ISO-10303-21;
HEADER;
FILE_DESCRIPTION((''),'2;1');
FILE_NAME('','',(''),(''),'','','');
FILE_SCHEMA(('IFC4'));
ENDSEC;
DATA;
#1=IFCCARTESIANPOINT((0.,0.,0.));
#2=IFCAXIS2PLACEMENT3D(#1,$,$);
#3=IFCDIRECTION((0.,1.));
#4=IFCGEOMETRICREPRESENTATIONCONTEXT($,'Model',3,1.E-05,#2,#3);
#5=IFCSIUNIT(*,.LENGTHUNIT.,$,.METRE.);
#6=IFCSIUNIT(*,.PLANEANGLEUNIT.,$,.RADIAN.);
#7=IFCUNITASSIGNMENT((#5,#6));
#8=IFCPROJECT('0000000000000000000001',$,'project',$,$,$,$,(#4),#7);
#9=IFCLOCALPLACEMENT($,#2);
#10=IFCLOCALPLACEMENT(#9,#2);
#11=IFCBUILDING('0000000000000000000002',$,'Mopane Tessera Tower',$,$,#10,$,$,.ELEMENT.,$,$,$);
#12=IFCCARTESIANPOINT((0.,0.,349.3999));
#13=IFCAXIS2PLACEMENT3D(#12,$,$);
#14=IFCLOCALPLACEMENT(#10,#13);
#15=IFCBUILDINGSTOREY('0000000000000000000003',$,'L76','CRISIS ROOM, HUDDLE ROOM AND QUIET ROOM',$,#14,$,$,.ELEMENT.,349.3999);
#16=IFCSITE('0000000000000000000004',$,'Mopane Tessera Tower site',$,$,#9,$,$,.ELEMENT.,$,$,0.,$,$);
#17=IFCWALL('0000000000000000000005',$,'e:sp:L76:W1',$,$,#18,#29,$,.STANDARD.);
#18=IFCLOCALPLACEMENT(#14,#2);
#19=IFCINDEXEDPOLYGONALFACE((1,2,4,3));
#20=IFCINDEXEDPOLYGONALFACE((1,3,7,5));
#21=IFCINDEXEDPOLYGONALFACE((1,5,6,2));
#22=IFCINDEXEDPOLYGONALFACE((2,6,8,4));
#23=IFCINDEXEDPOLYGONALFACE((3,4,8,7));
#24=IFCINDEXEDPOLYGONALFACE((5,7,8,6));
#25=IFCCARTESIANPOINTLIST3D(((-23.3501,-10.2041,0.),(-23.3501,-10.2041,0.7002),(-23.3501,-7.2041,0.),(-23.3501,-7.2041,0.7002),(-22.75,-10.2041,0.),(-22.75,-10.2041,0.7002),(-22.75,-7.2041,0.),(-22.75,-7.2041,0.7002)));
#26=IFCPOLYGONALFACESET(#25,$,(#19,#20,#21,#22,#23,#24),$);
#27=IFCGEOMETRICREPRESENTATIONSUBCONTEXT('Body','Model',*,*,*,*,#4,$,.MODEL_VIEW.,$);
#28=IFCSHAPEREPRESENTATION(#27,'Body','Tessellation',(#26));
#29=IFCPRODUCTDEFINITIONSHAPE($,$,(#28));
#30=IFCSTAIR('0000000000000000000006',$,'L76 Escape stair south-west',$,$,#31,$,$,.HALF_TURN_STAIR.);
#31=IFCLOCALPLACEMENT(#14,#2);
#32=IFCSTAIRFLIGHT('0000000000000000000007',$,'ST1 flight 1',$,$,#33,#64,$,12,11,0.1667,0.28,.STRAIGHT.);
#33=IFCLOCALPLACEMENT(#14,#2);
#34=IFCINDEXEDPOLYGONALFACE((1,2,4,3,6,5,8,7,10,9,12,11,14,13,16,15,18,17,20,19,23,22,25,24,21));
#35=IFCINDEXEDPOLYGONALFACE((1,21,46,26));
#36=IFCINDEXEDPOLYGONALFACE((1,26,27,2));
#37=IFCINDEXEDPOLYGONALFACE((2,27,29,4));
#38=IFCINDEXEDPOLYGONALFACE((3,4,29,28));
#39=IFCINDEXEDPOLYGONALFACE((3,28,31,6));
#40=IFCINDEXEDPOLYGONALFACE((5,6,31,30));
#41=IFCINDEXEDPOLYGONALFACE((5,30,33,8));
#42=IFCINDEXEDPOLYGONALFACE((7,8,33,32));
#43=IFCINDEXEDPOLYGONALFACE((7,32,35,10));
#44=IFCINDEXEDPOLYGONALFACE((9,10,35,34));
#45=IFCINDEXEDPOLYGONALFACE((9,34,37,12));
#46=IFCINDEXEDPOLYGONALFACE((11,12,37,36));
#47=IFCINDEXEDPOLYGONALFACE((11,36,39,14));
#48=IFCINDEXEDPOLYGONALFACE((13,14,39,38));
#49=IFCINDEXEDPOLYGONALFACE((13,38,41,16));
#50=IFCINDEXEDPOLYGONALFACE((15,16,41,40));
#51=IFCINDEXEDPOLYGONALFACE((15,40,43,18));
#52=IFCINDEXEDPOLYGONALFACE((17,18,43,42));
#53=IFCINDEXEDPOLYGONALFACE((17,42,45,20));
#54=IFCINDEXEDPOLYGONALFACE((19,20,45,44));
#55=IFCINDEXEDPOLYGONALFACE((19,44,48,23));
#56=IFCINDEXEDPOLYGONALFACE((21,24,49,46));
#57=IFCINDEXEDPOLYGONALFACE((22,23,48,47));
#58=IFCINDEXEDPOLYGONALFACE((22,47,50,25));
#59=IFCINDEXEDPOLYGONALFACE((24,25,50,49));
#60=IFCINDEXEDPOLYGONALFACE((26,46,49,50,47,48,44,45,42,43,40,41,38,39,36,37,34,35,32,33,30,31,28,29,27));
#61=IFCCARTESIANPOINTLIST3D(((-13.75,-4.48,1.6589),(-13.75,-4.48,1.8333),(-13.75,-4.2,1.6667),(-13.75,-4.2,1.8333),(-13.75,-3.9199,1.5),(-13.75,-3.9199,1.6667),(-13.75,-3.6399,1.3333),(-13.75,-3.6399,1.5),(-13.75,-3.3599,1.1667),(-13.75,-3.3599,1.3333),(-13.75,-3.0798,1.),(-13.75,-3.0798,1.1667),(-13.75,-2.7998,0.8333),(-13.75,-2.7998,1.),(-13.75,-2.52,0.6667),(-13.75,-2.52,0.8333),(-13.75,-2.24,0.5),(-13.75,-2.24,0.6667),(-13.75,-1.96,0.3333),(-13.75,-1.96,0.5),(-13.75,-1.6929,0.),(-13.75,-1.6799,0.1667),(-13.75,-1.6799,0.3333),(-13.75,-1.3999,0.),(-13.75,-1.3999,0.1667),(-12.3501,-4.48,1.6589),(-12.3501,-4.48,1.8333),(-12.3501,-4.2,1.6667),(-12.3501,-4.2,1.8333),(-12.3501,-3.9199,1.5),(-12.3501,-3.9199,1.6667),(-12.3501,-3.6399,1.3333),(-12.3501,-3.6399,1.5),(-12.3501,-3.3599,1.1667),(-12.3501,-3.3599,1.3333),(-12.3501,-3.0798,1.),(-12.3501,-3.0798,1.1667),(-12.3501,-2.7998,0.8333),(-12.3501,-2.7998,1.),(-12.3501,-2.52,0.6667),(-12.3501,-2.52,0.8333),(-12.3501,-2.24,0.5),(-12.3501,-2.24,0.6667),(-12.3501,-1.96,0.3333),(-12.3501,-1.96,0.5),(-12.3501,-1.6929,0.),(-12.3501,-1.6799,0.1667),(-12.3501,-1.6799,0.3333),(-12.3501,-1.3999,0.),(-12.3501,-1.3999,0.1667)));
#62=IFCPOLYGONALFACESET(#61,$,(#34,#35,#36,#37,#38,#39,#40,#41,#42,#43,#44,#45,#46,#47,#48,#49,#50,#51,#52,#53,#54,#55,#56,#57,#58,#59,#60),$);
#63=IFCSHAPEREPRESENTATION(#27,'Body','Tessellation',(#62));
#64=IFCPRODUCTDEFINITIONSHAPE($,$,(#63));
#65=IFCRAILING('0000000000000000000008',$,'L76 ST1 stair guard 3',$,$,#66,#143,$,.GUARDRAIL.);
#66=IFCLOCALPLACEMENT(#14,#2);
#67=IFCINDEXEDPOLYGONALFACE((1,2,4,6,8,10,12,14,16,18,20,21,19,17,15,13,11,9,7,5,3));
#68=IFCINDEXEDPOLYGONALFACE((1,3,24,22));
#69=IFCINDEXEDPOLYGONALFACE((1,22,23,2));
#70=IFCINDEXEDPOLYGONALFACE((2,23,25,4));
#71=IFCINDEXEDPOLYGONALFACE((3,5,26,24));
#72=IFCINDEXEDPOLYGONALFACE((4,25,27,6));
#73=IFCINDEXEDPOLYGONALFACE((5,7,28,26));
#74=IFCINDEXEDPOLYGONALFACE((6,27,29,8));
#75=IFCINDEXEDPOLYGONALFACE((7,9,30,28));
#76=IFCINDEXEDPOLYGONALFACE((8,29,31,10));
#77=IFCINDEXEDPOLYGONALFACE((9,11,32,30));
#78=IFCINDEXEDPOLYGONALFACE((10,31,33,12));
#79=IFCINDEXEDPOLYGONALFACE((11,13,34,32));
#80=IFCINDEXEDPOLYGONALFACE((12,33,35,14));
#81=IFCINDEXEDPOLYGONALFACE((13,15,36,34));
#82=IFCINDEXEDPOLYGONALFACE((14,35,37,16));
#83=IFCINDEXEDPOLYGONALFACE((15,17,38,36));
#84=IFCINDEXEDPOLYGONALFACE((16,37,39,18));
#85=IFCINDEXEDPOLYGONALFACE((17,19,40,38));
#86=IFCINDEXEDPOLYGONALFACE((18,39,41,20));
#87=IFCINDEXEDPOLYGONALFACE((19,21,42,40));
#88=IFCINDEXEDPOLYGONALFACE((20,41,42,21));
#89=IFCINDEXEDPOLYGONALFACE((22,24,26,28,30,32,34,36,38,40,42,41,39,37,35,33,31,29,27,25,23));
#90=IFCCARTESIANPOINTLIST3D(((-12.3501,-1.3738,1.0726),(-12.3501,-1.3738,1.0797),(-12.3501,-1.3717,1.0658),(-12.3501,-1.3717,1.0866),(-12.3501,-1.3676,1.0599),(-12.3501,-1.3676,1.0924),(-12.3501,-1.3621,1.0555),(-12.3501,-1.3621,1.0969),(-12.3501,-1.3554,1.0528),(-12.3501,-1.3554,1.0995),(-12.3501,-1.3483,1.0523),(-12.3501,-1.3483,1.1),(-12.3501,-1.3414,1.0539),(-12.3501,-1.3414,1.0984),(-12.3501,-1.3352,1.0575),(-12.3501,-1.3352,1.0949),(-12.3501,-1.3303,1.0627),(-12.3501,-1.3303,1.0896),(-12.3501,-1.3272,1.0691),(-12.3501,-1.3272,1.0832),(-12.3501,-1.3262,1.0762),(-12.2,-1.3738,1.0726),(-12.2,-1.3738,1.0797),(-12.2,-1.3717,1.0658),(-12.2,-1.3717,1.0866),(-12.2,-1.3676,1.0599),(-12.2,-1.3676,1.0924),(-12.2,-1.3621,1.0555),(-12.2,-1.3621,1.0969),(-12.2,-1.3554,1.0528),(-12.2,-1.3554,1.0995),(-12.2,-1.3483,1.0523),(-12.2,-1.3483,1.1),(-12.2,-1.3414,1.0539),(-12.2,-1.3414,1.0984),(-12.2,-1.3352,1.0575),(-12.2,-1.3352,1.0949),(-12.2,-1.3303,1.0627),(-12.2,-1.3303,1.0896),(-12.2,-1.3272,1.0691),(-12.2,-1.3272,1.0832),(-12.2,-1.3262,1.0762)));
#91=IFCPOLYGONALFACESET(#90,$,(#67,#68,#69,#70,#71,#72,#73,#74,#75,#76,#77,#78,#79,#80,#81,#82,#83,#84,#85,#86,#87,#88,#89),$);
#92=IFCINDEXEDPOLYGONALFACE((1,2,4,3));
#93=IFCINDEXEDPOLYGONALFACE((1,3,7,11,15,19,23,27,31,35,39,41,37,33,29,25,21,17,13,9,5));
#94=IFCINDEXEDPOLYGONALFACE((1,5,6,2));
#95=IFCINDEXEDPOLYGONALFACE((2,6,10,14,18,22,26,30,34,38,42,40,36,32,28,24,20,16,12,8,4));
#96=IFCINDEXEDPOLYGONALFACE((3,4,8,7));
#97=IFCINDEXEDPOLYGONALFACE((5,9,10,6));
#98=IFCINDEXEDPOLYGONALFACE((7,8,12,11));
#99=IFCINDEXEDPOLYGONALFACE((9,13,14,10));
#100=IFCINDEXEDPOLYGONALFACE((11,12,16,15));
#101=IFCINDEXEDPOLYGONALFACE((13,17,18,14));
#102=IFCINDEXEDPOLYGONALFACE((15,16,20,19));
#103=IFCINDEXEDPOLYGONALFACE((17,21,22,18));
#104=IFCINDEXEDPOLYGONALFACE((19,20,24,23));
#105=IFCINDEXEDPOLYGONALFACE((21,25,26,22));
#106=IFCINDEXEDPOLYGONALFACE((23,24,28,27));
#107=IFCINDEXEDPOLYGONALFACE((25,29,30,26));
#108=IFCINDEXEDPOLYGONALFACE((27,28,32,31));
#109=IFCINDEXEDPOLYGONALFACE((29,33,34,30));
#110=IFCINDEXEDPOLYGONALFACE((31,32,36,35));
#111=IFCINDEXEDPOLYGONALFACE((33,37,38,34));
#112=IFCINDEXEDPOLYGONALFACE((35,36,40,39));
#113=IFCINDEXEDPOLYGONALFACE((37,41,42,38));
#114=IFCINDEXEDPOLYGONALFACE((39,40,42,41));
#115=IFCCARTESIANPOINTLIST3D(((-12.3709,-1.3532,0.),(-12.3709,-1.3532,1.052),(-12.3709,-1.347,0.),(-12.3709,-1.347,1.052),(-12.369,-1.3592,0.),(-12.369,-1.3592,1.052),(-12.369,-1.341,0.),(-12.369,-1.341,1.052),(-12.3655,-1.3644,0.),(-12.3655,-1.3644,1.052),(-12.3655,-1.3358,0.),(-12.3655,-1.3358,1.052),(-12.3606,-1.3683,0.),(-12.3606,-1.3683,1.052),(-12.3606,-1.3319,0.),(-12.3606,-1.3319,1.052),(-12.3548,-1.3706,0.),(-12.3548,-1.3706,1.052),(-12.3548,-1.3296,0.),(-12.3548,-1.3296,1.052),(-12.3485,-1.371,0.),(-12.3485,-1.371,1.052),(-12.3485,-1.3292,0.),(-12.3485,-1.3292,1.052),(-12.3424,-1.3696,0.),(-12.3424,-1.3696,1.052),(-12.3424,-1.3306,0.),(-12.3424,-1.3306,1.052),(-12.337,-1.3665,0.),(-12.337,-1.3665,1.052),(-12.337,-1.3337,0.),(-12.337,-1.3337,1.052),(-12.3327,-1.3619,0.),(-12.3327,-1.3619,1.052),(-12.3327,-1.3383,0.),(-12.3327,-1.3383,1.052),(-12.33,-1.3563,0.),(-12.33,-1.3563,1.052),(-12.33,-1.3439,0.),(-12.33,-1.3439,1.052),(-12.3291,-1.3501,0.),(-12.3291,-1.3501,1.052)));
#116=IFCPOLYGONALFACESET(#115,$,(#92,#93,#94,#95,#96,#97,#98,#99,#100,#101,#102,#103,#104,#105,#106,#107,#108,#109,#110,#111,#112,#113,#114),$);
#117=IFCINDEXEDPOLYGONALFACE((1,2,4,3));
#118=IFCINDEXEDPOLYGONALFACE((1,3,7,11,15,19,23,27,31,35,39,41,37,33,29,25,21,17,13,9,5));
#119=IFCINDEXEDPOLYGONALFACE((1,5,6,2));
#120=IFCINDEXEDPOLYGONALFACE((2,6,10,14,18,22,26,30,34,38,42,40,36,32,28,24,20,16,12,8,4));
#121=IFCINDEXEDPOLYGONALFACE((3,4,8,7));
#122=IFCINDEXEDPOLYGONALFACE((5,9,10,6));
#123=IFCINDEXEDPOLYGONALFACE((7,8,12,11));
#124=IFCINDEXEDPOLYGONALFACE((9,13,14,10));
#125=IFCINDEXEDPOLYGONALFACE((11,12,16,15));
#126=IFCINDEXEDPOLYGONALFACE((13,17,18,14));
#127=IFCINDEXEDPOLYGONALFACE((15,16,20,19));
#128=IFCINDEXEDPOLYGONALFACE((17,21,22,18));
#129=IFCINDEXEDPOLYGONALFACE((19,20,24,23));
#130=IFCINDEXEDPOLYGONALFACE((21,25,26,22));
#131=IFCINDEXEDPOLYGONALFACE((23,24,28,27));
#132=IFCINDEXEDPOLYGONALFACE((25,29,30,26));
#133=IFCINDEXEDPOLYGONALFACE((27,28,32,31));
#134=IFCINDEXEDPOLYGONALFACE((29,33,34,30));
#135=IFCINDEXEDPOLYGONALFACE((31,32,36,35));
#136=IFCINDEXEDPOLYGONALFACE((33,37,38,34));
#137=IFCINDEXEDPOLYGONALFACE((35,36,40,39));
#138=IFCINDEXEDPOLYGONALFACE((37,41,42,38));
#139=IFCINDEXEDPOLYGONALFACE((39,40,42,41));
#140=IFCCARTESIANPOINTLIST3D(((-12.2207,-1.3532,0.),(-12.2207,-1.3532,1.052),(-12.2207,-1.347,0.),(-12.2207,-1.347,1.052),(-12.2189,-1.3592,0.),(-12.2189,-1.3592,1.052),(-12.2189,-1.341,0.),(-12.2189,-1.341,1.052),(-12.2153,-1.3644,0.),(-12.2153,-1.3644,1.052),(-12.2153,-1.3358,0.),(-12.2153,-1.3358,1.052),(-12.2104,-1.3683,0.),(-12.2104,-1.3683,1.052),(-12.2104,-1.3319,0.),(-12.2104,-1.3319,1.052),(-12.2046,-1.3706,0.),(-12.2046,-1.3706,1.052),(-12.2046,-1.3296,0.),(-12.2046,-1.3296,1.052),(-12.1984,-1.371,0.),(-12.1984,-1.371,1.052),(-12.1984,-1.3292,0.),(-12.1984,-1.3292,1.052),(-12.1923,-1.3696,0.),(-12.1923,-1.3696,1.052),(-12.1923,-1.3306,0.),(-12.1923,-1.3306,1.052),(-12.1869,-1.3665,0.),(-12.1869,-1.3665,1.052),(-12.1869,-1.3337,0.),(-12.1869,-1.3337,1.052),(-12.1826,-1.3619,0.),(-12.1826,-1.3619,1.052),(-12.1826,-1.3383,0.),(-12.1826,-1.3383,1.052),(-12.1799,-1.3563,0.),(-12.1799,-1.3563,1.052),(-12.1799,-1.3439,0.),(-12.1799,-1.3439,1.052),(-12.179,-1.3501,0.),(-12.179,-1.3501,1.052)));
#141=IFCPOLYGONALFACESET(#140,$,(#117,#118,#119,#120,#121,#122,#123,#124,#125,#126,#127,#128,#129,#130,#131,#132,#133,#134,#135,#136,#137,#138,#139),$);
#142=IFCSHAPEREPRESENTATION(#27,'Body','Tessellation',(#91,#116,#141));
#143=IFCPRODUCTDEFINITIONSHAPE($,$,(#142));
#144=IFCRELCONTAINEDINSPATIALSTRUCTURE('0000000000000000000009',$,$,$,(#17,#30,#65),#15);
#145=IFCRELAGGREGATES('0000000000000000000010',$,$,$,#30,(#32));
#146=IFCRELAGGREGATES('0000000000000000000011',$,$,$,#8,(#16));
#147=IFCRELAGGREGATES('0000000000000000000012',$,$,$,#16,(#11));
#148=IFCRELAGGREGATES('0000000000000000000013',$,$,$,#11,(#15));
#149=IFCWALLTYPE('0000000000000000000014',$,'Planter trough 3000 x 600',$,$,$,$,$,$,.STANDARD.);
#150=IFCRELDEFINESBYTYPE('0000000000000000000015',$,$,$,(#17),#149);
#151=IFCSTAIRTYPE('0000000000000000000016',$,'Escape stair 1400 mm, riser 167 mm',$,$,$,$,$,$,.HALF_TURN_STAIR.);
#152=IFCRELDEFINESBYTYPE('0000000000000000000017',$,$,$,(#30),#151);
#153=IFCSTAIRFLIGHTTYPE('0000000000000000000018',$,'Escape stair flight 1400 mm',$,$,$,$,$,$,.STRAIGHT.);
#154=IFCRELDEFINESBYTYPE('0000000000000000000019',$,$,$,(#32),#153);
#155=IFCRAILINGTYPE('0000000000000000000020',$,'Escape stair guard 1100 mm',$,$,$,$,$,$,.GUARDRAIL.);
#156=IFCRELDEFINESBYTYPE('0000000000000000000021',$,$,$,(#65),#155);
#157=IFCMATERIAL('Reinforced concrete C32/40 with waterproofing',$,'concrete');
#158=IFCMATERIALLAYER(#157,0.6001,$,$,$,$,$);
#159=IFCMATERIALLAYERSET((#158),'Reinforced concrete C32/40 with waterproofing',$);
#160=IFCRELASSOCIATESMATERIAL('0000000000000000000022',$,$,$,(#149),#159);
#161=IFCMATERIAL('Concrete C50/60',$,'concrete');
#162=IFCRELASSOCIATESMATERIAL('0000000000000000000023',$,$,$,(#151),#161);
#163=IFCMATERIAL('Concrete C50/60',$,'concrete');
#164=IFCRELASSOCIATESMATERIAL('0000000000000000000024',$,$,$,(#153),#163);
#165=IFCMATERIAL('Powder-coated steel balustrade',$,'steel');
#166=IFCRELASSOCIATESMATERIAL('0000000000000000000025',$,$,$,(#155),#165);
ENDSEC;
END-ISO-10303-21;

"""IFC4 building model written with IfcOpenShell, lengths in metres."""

from ifc_helpers import new_model, si_unit, direction, frame, frame_2d, origin, origin_2d, place, context, subcontext, project, spatial, polyline, rectangle, circle, outline, extrude, material, layer, layer_set, type_object, element, aggregate, save


model = new_model("IFC4")

# Units and contexts
model_context = context("Model", 3, precision=1e-05, world=origin(), true_north=direction((0.0, 1.0)))
body_context = subcontext(model_context, "Body", "Model", "MODEL_VIEW")
ifc_project = project(units=[si_unit("LENGTHUNIT", "METRE"), si_unit("PLANEANGLEUNIT", "RADIAN")], contexts=[model_context])

# Site, building, storey
site_placement = place(None, origin())
site = spatial("IfcSite", under=ifc_project, at=site_placement, Name="Mopane Tessera Tower site", CompositionType="ELEMENT", RefElevation=0.0)
building_placement = place(site_placement, origin())
building = spatial("IfcBuilding", under=site, at=building_placement, Name="Mopane Tessera Tower", CompositionType="ELEMENT")
storey_placement = place(building_placement, frame((0.0, 0.0, 349.3999)))
storey = spatial("IfcBuildingStorey", under=building, at=storey_placement, Name="L76", Description="CRISIS ROOM, HUDDLE ROOM AND QUIET ROOM", CompositionType="ELEMENT", Elevation=349.3999)

# Wall
ifc_material_1 = material(Name="Reinforced concrete C32/40 with waterproofing", Category="concrete")
ifc_layer_1 = layer(ifc_material_1, 0.6001)
ifc_layer_set_1 = layer_set([ifc_layer_1], Name="Reinforced concrete C32/40 with waterproofing")
wall_type_1 = type_object("IfcWallType", Name="Planter trough 3000 x 600", PredefinedType="STANDARD", material=ifc_layer_set_1)
wall_1_placement = place(storey_placement, frame((-23.05, -7.2041, 0.0), z_axis=(0.0, 0.0, 1.0), x_axis=(0.0, -1.0, 0.0)))
element("IfcWall", 1, at=wall_1_placement, inside=storey, type_object=wall_type_1, Name="e:sp:L76:W1", PredefinedType="STANDARD", context=body_context, shape_type="SweptSolid", body=[
    extrude(rectangle(XDim=3.0, YDim=0.6001, at=frame_2d((1.5, 0.0))), origin(), (0.0, 0.0, 1.0), 0.7002),
])

# Stair, stair flight
ifc_material_2 = material(Name="Concrete C50/60", Category="concrete")
stair_type = type_object("IfcStairType", Name="Escape stair 1400 mm, riser 167 mm", PredefinedType="HALF_TURN_STAIR", material=ifc_material_2)
stair_placement = place(storey_placement, origin())
stair = element("IfcStair", 2, at=stair_placement, inside=storey, type_object=stair_type, Name="L76 Escape stair south-west", PredefinedType="HALF_TURN_STAIR")
ifc_material_3 = material(Name="Concrete C50/60", Category="concrete")
stair_flight_type = type_object("IfcStairFlightType", Name="Escape stair flight 1400 mm", PredefinedType="STRAIGHT", material=ifc_material_3)
stair_flight_placement = place(storey_placement, frame((-13.05, -1.3999, 0.0), z_axis=(0.0, 0.0, 1.0), x_axis=(0.0, -1.0, 0.0)))
stair_flight = element("IfcStairFlight", 3, at=stair_flight_placement, type_object=stair_flight_type, Name="ST1 flight 1", NumberOfRisers=12, NumberOfTreads=11, PredefinedType="STRAIGHT", RiserHeight=0.1667, TreadLength=0.28, context=body_context, shape_type="SweptSolid", body=[
    extrude(outline(polyline([(0.0, 0.0), (0.0, 0.1667), (0.28, 0.1667), (0.28, 0.3333), (0.5601, 0.3333), (0.5601, 0.5), (0.8401, 0.5), (0.8401, 0.6667), (1.1201, 0.6667), (1.1201, 0.8333), (1.3999, 0.8333), (1.3999, 1.0), (1.6799, 1.0), (1.6799, 1.1667), (1.96, 1.1667), (1.96, 1.3333), (2.24, 1.3333), (2.24, 1.5), (2.52, 1.5), (2.52, 1.6667), (2.8, 1.6667), (2.8, 1.8333), (3.0801, 1.8333), (3.0801, 2.0), (3.0801, 1.6589), (0.293, 0.0), (0.0, 0.0)])), frame((0.0, 0.7, 0.0), z_axis=(0.0, -1.0, 0.0), x_axis=(1.0, 0.0, 0.0)), (0.0, 0.0, 1.0), 1.3999),
])
aggregate(stair, [stair_flight])

# Railing
ifc_material_4 = material(Name="Powder-coated steel balustrade", Category="steel")
railing_type_1 = type_object("IfcRailingType", Name="Escape stair guard 1100 mm", PredefinedType="GUARDRAIL", material=ifc_material_4)
railing_1_placement = place(storey_placement, frame((-12.3501, -1.3501, 0.0)))
element("IfcRailing", 4, at=railing_1_placement, inside=storey, type_object=railing_type_1, Name="L76 ST1 stair guard 3", PredefinedType="GUARDRAIL", context=body_context, shape_type="SweptSolid", body=[
    extrude(circle(Radius=0.0239, at=origin_2d()), frame((0.0, 0.0, 1.0762), z_axis=(1.0, 0.0, 0.0), x_axis=(0.0, 1.0, 0.0)), (0.0, 0.0, 1.0), 0.1501),
    extrude(circle(Radius=0.021, at=origin_2d()), origin(), (0.0, 0.0, 1.0), 1.052),
    extrude(circle(Radius=0.021, at=origin_2d()), frame((0.1501, 0.0, 0.0)), (0.0, 0.0, 1.0), 1.052),
])

save(model, "model.ifc")
